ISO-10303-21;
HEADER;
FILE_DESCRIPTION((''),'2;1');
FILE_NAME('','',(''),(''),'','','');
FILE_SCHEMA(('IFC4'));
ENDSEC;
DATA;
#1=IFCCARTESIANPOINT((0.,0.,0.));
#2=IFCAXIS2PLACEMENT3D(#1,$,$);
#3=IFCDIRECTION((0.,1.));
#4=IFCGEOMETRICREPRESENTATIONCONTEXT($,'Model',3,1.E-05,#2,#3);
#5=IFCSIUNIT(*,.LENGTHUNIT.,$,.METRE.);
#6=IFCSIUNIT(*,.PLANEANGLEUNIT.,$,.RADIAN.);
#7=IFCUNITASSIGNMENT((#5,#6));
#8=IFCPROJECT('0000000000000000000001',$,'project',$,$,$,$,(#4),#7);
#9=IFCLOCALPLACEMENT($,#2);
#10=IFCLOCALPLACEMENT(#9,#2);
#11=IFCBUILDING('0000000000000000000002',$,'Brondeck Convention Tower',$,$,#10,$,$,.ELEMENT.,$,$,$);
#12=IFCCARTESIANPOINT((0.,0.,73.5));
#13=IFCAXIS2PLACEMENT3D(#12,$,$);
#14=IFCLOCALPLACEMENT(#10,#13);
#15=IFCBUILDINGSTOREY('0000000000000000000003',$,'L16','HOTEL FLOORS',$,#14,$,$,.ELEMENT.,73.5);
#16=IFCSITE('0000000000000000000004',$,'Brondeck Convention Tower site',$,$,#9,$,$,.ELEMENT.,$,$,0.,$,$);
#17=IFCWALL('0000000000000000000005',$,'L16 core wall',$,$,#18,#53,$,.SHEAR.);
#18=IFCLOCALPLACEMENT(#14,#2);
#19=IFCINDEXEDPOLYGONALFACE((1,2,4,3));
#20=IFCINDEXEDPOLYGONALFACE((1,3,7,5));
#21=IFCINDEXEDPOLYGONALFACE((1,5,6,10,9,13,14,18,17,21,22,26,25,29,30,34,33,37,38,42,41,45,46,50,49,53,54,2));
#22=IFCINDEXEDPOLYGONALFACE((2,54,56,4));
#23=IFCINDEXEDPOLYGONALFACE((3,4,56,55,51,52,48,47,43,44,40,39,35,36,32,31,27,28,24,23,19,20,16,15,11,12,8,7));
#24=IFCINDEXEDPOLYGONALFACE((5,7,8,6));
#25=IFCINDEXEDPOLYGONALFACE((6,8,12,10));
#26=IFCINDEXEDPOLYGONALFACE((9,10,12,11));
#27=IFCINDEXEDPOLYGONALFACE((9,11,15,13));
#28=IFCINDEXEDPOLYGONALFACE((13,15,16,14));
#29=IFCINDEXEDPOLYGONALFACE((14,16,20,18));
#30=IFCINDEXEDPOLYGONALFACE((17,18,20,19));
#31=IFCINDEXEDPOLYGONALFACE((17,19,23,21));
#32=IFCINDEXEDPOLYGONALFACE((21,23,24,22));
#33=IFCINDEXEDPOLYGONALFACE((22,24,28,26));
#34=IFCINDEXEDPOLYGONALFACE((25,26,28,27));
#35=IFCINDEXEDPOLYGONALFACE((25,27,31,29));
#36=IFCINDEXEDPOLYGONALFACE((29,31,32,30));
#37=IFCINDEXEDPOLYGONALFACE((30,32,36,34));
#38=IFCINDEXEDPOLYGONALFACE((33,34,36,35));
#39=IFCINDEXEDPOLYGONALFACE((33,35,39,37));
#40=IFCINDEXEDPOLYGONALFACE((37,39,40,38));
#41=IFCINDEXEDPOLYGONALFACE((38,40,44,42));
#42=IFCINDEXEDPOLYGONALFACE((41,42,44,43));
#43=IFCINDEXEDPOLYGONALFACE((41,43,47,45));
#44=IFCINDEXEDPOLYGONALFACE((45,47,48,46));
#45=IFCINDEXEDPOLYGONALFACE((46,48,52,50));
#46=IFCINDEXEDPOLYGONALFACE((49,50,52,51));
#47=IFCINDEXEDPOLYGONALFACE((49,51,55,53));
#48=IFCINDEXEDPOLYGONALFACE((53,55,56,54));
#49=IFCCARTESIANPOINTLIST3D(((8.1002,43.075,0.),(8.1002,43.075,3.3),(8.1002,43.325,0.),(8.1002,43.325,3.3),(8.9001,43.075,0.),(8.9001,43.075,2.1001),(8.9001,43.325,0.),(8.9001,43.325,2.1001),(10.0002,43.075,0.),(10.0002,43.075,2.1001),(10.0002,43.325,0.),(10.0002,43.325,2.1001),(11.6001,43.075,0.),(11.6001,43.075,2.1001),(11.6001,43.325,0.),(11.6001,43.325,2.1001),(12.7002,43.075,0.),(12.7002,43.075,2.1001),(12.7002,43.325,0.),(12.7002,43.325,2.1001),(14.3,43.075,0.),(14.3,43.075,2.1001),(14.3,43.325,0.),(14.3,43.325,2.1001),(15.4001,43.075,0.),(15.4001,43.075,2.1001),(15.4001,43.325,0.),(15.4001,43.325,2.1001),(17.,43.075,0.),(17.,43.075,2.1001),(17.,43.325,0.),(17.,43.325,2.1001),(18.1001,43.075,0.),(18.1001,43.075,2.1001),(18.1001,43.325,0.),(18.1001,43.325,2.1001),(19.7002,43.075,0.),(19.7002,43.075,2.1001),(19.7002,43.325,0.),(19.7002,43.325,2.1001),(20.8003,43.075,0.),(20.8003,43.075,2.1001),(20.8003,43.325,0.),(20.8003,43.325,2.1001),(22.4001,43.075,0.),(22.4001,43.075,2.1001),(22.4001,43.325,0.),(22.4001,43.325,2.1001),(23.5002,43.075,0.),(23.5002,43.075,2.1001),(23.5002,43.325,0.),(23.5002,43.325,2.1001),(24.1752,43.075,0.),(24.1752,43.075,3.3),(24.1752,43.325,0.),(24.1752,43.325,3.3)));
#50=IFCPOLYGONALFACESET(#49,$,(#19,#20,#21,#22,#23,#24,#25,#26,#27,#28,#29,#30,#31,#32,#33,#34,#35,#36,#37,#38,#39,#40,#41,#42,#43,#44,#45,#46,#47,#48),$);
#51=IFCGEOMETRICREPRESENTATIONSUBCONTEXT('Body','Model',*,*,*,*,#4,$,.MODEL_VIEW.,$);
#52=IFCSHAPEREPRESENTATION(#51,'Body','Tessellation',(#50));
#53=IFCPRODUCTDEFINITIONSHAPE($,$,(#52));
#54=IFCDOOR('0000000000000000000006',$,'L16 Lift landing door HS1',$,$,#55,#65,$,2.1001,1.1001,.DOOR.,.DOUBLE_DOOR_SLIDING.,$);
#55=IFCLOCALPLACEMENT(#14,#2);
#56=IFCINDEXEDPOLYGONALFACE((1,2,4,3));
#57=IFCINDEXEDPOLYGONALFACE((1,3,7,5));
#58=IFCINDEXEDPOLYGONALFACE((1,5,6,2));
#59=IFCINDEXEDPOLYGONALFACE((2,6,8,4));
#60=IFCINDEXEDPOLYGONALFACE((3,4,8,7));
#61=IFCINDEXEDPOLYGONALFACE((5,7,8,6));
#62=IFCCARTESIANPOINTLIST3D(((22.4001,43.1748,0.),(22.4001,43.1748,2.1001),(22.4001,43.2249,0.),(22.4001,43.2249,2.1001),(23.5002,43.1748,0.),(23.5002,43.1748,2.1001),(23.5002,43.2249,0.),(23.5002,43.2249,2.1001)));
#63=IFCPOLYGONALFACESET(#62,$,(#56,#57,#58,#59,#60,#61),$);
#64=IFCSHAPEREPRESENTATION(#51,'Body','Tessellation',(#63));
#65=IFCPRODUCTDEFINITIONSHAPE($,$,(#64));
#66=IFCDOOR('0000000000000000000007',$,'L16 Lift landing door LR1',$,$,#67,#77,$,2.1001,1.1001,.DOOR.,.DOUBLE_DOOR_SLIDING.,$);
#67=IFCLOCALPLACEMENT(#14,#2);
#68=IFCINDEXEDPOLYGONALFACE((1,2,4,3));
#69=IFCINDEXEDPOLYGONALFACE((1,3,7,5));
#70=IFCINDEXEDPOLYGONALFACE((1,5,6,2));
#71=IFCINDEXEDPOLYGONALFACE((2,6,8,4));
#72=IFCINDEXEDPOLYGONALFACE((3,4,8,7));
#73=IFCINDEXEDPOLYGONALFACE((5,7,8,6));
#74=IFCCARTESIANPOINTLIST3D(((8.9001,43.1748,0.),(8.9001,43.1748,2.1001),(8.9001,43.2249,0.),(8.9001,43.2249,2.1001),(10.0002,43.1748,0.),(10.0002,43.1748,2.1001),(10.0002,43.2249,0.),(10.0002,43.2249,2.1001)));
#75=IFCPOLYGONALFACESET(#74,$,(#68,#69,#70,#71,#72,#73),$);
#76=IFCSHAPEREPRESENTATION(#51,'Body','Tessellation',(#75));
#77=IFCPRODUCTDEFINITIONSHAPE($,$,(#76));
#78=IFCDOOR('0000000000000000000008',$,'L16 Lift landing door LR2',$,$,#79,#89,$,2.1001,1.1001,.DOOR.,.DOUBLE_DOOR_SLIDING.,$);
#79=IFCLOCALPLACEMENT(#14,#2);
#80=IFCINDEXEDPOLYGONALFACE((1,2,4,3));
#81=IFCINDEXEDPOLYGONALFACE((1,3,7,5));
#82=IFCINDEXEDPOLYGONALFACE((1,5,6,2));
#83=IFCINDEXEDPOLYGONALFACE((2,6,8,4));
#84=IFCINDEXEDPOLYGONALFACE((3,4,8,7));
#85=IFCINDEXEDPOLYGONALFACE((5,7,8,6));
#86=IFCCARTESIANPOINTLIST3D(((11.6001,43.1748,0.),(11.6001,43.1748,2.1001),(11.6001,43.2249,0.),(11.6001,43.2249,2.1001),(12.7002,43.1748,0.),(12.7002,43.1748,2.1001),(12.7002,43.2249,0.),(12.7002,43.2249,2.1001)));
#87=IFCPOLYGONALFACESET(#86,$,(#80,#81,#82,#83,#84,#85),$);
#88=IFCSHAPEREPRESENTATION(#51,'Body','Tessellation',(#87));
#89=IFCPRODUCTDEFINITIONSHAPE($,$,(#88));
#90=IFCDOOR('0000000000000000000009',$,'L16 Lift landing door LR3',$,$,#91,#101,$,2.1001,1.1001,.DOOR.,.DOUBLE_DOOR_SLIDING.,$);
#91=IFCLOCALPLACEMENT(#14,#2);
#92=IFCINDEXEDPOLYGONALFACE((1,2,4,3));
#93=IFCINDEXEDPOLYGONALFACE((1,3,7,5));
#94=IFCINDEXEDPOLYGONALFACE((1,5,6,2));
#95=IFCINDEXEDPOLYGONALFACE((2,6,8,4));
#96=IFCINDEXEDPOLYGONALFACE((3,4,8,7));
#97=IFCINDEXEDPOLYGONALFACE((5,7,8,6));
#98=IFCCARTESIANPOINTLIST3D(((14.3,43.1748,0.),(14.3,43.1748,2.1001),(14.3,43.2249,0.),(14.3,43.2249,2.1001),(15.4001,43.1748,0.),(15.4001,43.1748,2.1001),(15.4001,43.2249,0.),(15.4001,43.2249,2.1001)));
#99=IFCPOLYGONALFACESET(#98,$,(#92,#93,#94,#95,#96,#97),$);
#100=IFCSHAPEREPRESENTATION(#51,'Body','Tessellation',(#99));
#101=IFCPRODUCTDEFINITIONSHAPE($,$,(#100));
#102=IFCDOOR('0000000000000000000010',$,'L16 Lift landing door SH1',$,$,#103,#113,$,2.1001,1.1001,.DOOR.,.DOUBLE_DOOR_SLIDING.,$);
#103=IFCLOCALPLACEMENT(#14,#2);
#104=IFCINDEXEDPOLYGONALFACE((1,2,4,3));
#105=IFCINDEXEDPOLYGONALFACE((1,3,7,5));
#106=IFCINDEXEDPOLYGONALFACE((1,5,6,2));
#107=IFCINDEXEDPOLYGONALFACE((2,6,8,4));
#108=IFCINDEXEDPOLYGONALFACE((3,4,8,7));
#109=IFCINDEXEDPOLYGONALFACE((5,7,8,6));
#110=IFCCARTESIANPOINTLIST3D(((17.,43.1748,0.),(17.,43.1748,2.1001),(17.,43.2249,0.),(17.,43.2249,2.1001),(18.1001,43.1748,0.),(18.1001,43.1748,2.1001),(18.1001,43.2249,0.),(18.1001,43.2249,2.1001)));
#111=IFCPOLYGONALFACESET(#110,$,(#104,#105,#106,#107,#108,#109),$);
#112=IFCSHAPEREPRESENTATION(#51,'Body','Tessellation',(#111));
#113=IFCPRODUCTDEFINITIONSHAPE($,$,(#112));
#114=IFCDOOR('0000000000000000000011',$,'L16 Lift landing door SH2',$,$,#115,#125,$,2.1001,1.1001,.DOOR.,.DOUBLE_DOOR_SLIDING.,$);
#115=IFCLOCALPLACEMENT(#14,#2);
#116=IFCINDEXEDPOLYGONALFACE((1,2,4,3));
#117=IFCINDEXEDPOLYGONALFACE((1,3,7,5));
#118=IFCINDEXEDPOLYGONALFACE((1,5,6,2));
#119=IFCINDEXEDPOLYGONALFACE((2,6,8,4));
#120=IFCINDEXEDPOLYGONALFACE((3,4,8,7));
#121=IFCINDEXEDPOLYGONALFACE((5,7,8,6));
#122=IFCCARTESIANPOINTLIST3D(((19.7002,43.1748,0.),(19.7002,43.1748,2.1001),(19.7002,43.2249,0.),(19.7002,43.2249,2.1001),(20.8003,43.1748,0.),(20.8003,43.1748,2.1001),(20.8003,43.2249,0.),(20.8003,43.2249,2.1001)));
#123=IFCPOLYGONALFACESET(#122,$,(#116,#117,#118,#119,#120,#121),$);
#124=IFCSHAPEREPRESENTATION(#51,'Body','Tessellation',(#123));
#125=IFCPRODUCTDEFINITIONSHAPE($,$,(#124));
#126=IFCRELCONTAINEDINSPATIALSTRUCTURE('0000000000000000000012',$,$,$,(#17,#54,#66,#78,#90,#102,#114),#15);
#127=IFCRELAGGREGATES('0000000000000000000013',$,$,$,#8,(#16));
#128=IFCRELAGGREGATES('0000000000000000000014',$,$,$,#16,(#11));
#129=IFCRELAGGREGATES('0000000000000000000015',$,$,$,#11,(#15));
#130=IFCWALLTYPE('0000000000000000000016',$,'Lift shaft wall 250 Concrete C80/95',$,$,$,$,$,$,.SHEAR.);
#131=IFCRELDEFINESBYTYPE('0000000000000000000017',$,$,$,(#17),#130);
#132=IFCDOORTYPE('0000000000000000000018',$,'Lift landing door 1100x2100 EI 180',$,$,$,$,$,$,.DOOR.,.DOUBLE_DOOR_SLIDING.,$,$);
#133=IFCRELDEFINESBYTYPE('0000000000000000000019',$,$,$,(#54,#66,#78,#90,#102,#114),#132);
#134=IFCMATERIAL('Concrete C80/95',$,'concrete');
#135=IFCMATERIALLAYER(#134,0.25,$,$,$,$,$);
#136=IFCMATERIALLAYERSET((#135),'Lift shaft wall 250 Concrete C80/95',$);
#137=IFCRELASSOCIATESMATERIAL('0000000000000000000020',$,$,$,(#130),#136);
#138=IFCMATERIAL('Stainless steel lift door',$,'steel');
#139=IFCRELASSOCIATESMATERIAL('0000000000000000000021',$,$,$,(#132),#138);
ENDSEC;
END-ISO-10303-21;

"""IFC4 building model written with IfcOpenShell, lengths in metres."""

from ifc_helpers import new_model, si_unit, direction, frame, frame_2d, origin, place, context, subcontext, project, spatial, rectangle, extrude, material, layer, layer_set, type_object, element, fill, save


model = new_model("IFC4")

# Units and contexts
model_context = context("Model", 3, precision=1e-05, world=origin(), true_north=direction((0.0, 1.0)))
body_context = subcontext(model_context, "Body", "Model", "MODEL_VIEW")
ifc_project = project(units=[si_unit("LENGTHUNIT", "METRE"), si_unit("PLANEANGLEUNIT", "RADIAN")], contexts=[model_context])

# Site, building, storey
site_placement = place(None, origin())
site = spatial("IfcSite", under=ifc_project, at=site_placement, Name="Brondeck Convention Tower site", CompositionType="ELEMENT", RefElevation=0.0)
building_placement = place(site_placement, origin())
building = spatial("IfcBuilding", under=site, at=building_placement, Name="Brondeck Convention Tower", CompositionType="ELEMENT")
storey_placement = place(building_placement, frame((0.0, 0.0, 73.5)))
storey = spatial("IfcBuildingStorey", under=building, at=storey_placement, Name="L16", Description="HOTEL FLOORS", CompositionType="ELEMENT", Elevation=73.5)

# Shared definitions
ifc_material_1 = material(Name="Concrete C80/95", Category="concrete")

# Wall, openings, doors
ifc_layer_1 = layer(ifc_material_1, 0.25)
ifc_layer_set_1 = layer_set([ifc_layer_1], Name="Lift shaft wall 250 Concrete C80/95")
wall_type_1 = type_object("IfcWallType", Name="Lift shaft wall 250 Concrete C80/95", PredefinedType="SHEAR", material=ifc_layer_set_1)
wall_1_placement = place(storey_placement, frame((8.1001, 43.2, 0.0), z_axis=(0.0, 0.0, 1.0), x_axis=(1.0, 0.0, 0.0)))
wall_1 = element("IfcWall", 1, at=wall_1_placement, inside=storey, type_object=wall_type_1, Name="L16 core wall", PredefinedType="SHEAR", context=body_context, shape_type="SweptSolid", body=[
    extrude(rectangle(XDim=16.075, YDim=0.25, at=frame_2d((8.0376, 0.0))), origin(), (0.0, 0.0, 1.0), 3.3),
])
opening_1_placement = place(wall_1_placement, frame((14.3, 0.0, 0.0)))
opening_1 = element("IfcOpeningElement", 2, at=opening_1_placement, cuts=wall_1, PredefinedType="OPENING", context=body_context, shape_type="SweptSolid", body=[
    extrude(rectangle(XDim=1.1001, YDim=2.1001, at=frame_2d((0.55, 1.05))), frame((0.0, 0.135, 0.0), z_axis=(0.0, -1.0, 0.0), x_axis=(1.0, 0.0, 0.0)), (0.0, 0.0, 1.0), 0.27),
])
opening_2_placement = place(wall_1_placement, frame((0.8, 0.0, 0.0)))
opening_2 = element("IfcOpeningElement", 3, at=opening_2_placement, cuts=wall_1, PredefinedType="OPENING", context=body_context, shape_type="SweptSolid", body=[
    extrude(rectangle(XDim=1.1001, YDim=2.1001, at=frame_2d((0.55, 1.05))), frame((0.0, 0.135, 0.0), z_axis=(0.0, -1.0, 0.0), x_axis=(1.0, 0.0, 0.0)), (0.0, 0.0, 1.0), 0.27),
])
opening_3_placement = place(wall_1_placement, frame((3.5, 0.0, 0.0)))
opening_3 = element("IfcOpeningElement", 4, at=opening_3_placement, cuts=wall_1, PredefinedType="OPENING", context=body_context, shape_type="SweptSolid", body=[
    extrude(rectangle(XDim=1.1001, YDim=2.1001, at=frame_2d((0.55, 1.05))), frame((0.0, 0.135, 0.0), z_axis=(0.0, -1.0, 0.0), x_axis=(1.0, 0.0, 0.0)), (0.0, 0.0, 1.0), 0.27),
])
opening_4_placement = place(wall_1_placement, frame((6.2, 0.0, 0.0)))
opening_4 = element("IfcOpeningElement", 5, at=opening_4_placement, cuts=wall_1, PredefinedType="OPENING", context=body_context, shape_type="SweptSolid", body=[
    extrude(rectangle(XDim=1.1001, YDim=2.1001, at=frame_2d((0.55, 1.05))), frame((0.0, 0.135, 0.0), z_axis=(0.0, -1.0, 0.0), x_axis=(1.0, 0.0, 0.0)), (0.0, 0.0, 1.0), 0.27),
])
opening_5_placement = place(wall_1_placement, frame((8.8999, 0.0, 0.0)))
opening_5 = element("IfcOpeningElement", 6, at=opening_5_placement, cuts=wall_1, PredefinedType="OPENING", context=body_context, shape_type="SweptSolid", body=[
    extrude(rectangle(XDim=1.1001, YDim=2.1001, at=frame_2d((0.55, 1.05))), frame((0.0, 0.135, 0.0), z_axis=(0.0, -1.0, 0.0), x_axis=(1.0, 0.0, 0.0)), (0.0, 0.0, 1.0), 0.27),
])
opening_6_placement = place(wall_1_placement, frame((11.6001, 0.0, 0.0)))
opening_6 = element("IfcOpeningElement", 7, at=opening_6_placement, cuts=wall_1, PredefinedType="OPENING", context=body_context, shape_type="SweptSolid", body=[
    extrude(rectangle(XDim=1.1001, YDim=2.1001, at=frame_2d((0.55, 1.05))), frame((0.0, 0.135, 0.0), z_axis=(0.0, -1.0, 0.0), x_axis=(1.0, 0.0, 0.0)), (0.0, 0.0, 1.0), 0.27),
])
ifc_material_2 = material(Name="Stainless steel lift door", Category="steel")
door_type_1 = type_object("IfcDoorType", Name="Lift landing door 1100x2100 EI 180", OperationType="DOUBLE_DOOR_SLIDING", PredefinedType="DOOR", material=ifc_material_2)
door_1_placement = place(opening_1_placement, origin())
door_1 = element("IfcDoor", 8, at=door_1_placement, inside=storey, type_object=door_type_1, Name="L16 Lift landing door HS1", OperationType="DOUBLE_DOOR_SLIDING", OverallHeight=2.1001, OverallWidth=1.1001, PredefinedType="DOOR", context=body_context, shape_type="SweptSolid", body=[
    extrude(rectangle(XDim=1.1001, YDim=2.1001, at=frame_2d((0.55, 1.05))), frame((0.0, 0.0249, 0.0), z_axis=(0.0, -1.0, 0.0), x_axis=(1.0, 0.0, 0.0)), (0.0, 0.0, 1.0), 0.05),
])
fill(opening_1, door_1)
door_2_placement = place(opening_2_placement, origin())
door_2 = element("IfcDoor", 9, at=door_2_placement, inside=storey, type_object=door_type_1, Name="L16 Lift landing door LR1", OperationType="DOUBLE_DOOR_SLIDING", OverallHeight=2.1001, OverallWidth=1.1001, PredefinedType="DOOR", context=body_context, shape_type="SweptSolid", body=[
    extrude(rectangle(XDim=1.1001, YDim=2.1001, at=frame_2d((0.55, 1.05))), frame((0.0, 0.0249, 0.0), z_axis=(0.0, -1.0, 0.0), x_axis=(1.0, 0.0, 0.0)), (0.0, 0.0, 1.0), 0.05),
])
fill(opening_2, door_2)
door_3_placement = place(opening_3_placement, origin())
door_3 = element("IfcDoor", 10, at=door_3_placement, inside=storey, type_object=door_type_1, Name="L16 Lift landing door LR2", OperationType="DOUBLE_DOOR_SLIDING", OverallHeight=2.1001, OverallWidth=1.1001, PredefinedType="DOOR", context=body_context, shape_type="SweptSolid", body=[
    extrude(rectangle(XDim=1.1001, YDim=2.1001, at=frame_2d((0.55, 1.05))), frame((0.0, 0.0249, 0.0), z_axis=(0.0, -1.0, 0.0), x_axis=(1.0, 0.0, 0.0)), (0.0, 0.0, 1.0), 0.05),
])
fill(opening_3, door_3)
door_4_placement = place(opening_4_placement, origin())
door_4 = element("IfcDoor", 11, at=door_4_placement, inside=storey, type_object=door_type_1, Name="L16 Lift landing door LR3", OperationType="DOUBLE_DOOR_SLIDING", OverallHeight=2.1001, OverallWidth=1.1001, PredefinedType="DOOR", context=body_context, shape_type="SweptSolid", body=[
    extrude(rectangle(XDim=1.1001, YDim=2.1001, at=frame_2d((0.55, 1.05))), frame((0.0, 0.0249, 0.0), z_axis=(0.0, -1.0, 0.0), x_axis=(1.0, 0.0, 0.0)), (0.0, 0.0, 1.0), 0.05),
])
fill(opening_4, door_4)
door_5_placement = place(opening_5_placement, origin())
door_5 = element("IfcDoor", 12, at=door_5_placement, inside=storey, type_object=door_type_1, Name="L16 Lift landing door SH1", OperationType="DOUBLE_DOOR_SLIDING", OverallHeight=2.1001, OverallWidth=1.1001, PredefinedType="DOOR", context=body_context, shape_type="SweptSolid", body=[
    extrude(rectangle(XDim=1.1001, YDim=2.1001, at=frame_2d((0.55, 1.05))), frame((0.0, 0.0249, 0.0), z_axis=(0.0, -1.0, 0.0), x_axis=(1.0, 0.0, 0.0)), (0.0, 0.0, 1.0), 0.05),
])
fill(opening_5, door_5)
door_6_placement = place(opening_6_placement, origin())
door_6 = element("IfcDoor", 13, at=door_6_placement, inside=storey, type_object=door_type_1, Name="L16 Lift landing door SH2", OperationType="DOUBLE_DOOR_SLIDING", OverallHeight=2.1001, OverallWidth=1.1001, PredefinedType="DOOR", context=body_context, shape_type="SweptSolid", body=[
    extrude(rectangle(XDim=1.1001, YDim=2.1001, at=frame_2d((0.55, 1.05))), frame((0.0, 0.0249, 0.0), z_axis=(0.0, -1.0, 0.0), x_axis=(1.0, 0.0, 0.0)), (0.0, 0.0, 1.0), 0.05),
])
fill(opening_6, door_6)

save(model, "model.ifc")
